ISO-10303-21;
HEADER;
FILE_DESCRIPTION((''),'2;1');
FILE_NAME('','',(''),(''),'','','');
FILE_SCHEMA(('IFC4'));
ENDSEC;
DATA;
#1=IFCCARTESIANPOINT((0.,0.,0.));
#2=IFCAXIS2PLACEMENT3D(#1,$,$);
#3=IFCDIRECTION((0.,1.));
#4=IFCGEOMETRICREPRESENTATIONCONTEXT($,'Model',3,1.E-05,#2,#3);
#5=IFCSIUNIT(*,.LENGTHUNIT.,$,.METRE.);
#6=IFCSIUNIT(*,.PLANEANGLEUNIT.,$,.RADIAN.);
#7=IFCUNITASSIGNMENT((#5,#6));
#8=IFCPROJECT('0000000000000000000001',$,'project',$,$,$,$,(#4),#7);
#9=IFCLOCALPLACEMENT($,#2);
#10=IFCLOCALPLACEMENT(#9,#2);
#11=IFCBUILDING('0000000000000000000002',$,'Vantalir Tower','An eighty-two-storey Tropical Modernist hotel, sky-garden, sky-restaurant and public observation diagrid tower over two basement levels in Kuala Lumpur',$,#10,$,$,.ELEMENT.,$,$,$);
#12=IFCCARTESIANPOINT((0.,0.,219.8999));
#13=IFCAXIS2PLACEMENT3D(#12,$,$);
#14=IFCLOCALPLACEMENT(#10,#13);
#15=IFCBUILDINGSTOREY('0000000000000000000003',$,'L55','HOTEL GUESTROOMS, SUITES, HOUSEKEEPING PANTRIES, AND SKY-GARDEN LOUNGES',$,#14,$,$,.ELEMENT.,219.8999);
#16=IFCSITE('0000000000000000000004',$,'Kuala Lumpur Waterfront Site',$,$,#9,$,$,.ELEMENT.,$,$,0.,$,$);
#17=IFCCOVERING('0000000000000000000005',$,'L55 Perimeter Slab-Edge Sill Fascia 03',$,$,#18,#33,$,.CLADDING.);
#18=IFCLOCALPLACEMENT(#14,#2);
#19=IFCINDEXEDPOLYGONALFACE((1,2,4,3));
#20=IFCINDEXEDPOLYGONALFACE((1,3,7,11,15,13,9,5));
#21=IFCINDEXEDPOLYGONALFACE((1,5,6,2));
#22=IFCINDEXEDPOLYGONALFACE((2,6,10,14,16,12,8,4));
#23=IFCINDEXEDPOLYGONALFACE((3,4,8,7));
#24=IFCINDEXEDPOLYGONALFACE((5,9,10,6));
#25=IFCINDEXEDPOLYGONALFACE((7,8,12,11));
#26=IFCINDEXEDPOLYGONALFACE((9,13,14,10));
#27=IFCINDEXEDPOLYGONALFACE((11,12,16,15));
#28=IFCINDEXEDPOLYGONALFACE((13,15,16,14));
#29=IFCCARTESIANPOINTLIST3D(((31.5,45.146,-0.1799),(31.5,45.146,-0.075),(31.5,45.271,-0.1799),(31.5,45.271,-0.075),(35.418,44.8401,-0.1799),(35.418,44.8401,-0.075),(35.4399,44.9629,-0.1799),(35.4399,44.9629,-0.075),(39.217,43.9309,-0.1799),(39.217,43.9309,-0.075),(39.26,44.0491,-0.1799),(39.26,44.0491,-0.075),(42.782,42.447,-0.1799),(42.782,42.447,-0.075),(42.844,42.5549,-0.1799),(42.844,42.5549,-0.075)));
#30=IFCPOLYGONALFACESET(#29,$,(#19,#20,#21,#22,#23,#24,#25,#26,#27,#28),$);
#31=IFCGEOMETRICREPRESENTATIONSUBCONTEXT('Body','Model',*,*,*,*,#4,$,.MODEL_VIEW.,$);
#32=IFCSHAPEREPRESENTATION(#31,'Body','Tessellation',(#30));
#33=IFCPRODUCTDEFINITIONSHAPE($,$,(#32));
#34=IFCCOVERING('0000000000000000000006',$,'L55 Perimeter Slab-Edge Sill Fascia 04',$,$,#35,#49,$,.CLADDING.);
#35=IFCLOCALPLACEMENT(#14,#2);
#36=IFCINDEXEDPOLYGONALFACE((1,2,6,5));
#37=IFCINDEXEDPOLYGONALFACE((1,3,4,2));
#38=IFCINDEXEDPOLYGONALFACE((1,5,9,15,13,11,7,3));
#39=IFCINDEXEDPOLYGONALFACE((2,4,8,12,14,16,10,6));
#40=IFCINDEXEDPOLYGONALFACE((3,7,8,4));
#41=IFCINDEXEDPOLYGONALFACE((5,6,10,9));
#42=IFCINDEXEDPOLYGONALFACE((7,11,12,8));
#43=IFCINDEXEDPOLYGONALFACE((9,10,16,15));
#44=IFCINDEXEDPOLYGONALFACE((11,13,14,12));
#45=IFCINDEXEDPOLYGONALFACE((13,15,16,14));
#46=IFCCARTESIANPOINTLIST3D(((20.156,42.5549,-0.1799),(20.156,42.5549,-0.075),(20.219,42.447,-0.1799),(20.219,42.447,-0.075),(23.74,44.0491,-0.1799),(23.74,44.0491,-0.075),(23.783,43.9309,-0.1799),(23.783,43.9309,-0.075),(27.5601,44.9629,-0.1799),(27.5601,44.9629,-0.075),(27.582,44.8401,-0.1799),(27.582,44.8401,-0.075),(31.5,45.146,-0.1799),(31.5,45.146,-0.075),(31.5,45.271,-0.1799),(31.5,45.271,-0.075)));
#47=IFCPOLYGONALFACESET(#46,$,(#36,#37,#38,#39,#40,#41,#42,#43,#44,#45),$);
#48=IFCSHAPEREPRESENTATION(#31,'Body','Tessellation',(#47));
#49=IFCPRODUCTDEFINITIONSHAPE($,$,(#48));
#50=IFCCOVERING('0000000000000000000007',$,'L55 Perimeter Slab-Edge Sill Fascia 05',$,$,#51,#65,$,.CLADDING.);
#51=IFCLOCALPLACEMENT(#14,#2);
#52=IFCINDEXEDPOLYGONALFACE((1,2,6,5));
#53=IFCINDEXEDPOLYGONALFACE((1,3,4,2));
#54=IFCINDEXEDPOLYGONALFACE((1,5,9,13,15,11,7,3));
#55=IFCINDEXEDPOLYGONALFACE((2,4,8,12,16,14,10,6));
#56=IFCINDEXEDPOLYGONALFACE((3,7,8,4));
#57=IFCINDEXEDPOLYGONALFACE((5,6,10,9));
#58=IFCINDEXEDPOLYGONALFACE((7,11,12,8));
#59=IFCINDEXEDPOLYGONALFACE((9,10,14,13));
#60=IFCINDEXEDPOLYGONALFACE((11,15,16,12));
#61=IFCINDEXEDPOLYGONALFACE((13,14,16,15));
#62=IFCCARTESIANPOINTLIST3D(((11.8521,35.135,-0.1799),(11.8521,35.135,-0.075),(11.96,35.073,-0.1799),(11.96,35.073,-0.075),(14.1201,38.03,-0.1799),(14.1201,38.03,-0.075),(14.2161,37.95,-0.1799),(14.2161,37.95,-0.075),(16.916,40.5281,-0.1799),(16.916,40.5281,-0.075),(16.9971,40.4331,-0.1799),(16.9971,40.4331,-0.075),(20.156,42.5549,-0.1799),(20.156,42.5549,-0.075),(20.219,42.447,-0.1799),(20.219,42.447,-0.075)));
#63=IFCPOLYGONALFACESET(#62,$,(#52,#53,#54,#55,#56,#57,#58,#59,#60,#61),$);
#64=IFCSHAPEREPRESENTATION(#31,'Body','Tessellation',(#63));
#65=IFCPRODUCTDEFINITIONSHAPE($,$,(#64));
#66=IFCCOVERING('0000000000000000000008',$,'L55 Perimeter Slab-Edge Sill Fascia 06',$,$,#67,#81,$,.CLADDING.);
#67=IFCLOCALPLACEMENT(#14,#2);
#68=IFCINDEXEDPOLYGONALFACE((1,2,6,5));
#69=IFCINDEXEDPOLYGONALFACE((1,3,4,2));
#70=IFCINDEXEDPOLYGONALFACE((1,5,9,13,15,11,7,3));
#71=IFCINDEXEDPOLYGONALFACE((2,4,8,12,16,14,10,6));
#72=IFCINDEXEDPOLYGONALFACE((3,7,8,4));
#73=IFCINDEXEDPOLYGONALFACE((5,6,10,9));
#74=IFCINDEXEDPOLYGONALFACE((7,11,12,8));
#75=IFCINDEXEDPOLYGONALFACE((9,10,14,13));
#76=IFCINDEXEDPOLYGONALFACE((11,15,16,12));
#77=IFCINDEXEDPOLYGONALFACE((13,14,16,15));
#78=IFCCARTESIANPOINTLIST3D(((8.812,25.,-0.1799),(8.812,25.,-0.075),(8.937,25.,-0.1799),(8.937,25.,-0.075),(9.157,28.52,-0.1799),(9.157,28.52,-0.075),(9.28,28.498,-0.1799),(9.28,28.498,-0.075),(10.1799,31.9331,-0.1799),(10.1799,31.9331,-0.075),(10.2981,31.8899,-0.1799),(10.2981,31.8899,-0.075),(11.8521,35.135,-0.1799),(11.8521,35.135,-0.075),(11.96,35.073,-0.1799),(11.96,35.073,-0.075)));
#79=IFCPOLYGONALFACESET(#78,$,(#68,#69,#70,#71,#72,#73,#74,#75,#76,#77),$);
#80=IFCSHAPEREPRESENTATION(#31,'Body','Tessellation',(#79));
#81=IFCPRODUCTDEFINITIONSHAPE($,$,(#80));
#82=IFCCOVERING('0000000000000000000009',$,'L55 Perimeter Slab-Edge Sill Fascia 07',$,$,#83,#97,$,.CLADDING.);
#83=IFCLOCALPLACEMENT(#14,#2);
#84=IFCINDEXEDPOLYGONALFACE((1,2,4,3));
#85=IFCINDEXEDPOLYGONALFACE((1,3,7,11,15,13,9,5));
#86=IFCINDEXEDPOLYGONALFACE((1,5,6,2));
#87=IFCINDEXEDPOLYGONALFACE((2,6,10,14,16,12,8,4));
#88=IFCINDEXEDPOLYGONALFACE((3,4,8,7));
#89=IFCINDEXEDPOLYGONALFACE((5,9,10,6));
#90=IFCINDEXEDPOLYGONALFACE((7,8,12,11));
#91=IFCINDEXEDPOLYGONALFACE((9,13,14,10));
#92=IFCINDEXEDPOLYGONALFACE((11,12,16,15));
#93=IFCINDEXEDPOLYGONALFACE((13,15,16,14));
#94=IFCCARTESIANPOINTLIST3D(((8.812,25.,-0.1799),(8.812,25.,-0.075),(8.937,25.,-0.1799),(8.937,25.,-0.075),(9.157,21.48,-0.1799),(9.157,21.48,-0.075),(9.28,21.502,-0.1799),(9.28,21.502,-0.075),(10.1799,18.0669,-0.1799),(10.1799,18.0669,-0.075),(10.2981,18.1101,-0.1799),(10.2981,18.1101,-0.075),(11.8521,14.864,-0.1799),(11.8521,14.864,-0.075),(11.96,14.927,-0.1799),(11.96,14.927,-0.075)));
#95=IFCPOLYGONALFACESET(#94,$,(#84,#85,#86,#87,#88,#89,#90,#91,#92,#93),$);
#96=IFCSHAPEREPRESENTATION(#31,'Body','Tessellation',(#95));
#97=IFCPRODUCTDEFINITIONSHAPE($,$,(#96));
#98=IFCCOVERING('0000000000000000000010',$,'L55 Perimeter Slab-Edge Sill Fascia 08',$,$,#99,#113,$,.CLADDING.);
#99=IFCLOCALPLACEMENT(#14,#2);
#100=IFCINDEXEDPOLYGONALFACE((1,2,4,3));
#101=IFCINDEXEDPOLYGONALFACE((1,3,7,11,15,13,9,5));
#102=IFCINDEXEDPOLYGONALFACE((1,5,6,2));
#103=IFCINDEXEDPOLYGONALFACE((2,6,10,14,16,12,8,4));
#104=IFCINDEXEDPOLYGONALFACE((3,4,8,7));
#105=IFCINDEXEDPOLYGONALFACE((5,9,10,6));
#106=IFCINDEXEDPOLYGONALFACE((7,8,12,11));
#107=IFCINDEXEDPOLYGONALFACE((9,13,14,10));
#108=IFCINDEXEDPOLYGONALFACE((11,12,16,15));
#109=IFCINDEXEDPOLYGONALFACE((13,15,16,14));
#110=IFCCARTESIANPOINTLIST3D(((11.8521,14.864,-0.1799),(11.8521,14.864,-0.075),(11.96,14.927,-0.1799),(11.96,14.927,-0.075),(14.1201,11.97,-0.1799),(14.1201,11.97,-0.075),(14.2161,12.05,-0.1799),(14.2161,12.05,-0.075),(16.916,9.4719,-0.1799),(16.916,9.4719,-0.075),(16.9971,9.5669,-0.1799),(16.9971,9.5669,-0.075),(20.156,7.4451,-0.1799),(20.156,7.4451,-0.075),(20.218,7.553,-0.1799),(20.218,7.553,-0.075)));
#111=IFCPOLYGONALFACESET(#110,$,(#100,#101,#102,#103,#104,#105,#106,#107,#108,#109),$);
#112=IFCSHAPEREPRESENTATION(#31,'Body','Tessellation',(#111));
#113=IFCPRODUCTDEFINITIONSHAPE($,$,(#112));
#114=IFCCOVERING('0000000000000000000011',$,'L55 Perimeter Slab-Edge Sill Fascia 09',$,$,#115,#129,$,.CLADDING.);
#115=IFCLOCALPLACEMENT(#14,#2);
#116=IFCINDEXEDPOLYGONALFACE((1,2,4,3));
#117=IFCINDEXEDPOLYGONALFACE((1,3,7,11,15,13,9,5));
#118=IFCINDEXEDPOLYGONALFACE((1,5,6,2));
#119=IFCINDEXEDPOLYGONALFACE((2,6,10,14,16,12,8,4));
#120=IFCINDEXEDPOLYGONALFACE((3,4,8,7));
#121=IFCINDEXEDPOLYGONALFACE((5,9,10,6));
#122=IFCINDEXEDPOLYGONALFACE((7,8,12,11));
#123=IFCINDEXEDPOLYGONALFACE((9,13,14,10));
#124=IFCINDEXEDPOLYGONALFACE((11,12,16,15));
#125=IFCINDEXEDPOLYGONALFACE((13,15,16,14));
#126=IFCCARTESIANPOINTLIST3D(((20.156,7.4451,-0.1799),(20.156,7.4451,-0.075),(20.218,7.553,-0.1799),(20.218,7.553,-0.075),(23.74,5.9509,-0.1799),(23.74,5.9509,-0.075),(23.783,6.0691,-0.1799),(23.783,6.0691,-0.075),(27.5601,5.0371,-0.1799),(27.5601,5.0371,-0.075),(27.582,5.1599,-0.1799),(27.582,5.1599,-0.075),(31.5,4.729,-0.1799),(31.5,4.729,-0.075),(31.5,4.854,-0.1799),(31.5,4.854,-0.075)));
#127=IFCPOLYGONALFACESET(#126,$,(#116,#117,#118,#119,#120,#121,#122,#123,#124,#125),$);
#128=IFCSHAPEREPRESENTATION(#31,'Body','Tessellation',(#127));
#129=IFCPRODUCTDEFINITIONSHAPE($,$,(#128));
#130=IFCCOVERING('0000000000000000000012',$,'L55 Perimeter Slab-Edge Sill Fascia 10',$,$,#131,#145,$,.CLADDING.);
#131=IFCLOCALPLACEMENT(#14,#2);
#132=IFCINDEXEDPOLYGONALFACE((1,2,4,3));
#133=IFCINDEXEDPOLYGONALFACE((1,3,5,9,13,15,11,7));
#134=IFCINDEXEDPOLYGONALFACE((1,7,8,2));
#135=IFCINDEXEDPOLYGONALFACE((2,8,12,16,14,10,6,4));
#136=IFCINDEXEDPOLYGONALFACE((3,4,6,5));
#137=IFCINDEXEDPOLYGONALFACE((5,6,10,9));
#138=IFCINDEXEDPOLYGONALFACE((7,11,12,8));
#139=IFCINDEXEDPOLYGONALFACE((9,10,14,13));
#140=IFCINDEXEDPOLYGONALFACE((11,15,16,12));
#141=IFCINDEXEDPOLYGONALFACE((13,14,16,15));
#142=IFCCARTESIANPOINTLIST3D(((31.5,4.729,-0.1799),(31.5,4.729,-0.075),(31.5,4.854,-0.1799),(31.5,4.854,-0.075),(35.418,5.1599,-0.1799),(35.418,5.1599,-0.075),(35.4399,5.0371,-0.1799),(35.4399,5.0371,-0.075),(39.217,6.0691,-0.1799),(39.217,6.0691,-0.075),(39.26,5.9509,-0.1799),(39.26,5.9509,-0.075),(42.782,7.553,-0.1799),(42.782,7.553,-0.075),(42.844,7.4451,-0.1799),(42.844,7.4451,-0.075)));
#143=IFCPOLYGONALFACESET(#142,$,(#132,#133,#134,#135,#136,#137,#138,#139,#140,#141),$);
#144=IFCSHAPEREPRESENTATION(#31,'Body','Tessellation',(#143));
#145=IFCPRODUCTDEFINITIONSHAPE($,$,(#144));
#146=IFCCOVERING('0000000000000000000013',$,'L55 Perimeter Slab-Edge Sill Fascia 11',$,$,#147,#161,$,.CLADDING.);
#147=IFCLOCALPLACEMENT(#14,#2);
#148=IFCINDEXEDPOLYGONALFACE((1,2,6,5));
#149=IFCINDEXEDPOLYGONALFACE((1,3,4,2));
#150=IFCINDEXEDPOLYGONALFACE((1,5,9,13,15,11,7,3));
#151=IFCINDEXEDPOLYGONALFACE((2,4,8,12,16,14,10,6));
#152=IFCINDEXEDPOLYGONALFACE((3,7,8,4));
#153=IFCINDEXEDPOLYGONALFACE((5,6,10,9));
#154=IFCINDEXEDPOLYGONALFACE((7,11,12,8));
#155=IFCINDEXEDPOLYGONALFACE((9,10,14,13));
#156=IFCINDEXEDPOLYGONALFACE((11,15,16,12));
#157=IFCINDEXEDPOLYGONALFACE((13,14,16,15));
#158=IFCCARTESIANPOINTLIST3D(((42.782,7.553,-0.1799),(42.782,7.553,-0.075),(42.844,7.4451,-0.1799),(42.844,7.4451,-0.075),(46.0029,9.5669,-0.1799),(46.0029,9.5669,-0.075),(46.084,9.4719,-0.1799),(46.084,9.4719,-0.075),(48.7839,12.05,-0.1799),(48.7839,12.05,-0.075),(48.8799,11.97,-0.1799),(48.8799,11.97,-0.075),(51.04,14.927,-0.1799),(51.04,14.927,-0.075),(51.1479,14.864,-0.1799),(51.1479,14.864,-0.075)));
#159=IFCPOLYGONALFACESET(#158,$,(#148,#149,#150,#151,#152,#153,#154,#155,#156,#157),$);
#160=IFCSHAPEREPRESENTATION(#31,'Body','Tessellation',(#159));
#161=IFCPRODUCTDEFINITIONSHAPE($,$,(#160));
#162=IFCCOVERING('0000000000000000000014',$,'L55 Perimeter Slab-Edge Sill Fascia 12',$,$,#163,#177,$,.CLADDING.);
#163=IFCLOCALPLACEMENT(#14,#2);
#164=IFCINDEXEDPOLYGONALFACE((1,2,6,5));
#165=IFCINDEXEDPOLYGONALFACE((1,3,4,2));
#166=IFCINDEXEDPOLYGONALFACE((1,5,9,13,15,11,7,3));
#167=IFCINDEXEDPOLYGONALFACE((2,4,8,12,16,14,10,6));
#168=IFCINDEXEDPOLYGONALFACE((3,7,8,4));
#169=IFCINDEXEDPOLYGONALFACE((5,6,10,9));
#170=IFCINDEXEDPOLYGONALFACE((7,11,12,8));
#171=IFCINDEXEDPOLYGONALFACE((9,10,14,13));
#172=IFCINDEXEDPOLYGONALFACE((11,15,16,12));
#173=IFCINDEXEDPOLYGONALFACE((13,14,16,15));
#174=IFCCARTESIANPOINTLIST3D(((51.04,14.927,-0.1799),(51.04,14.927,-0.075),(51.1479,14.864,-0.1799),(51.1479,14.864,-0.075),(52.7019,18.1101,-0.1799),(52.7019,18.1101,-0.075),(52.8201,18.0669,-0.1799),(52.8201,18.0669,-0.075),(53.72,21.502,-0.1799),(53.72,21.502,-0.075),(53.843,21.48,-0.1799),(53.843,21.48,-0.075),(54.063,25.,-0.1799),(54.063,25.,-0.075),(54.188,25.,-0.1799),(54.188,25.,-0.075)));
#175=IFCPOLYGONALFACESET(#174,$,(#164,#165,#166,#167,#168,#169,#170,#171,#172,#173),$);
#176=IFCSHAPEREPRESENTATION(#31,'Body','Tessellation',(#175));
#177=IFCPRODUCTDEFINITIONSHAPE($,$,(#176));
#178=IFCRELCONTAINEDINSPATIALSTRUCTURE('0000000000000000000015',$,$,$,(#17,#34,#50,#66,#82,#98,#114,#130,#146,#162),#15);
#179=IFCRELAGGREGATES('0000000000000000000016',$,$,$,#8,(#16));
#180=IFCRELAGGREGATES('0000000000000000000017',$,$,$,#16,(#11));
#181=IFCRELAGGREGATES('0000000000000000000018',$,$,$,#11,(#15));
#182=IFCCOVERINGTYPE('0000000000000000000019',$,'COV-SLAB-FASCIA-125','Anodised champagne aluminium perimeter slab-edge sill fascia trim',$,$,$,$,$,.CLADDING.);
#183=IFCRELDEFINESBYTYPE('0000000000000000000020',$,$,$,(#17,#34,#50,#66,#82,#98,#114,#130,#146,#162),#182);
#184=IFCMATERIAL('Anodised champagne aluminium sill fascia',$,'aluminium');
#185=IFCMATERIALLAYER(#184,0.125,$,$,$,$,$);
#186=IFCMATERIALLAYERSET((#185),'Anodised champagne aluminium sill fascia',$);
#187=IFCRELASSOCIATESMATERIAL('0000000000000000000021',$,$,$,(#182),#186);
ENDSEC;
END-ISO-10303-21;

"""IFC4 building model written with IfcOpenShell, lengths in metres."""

from ifc_helpers import new_model, si_unit, direction, frame, origin, place, context, subcontext, project, spatial, polyline, outline, extrude, material, layer, layer_set, type_object, element, save


model = new_model("IFC4")

# Units and contexts
model_context = context("Model", 3, precision=1e-05, world=origin(), true_north=direction((0.0, 1.0)))
body_context = subcontext(model_context, "Body", "Model", "MODEL_VIEW")
ifc_project = project(units=[si_unit("LENGTHUNIT", "METRE"), si_unit("PLANEANGLEUNIT", "RADIAN")], contexts=[model_context])

# Site, building, storey
site_placement = place(None, origin())
site = spatial("IfcSite", under=ifc_project, at=site_placement, Name="Kuala Lumpur Waterfront Site", CompositionType="ELEMENT", RefElevation=0.0)
building_placement = place(site_placement, origin())
building = spatial("IfcBuilding", under=site, at=building_placement, Name="Vantalir Tower", Description="An eighty-two-storey Tropical Modernist hotel, sky-garden, sky-restaurant and public observation diagrid tower over two basement levels in Kuala Lumpur", CompositionType="ELEMENT")
storey_placement = place(building_placement, frame((0.0, 0.0, 219.8999)))
storey = spatial("IfcBuildingStorey", under=building, at=storey_placement, Name="L55", Description="HOTEL GUESTROOMS, SUITES, HOUSEKEEPING PANTRIES, AND SKY-GARDEN LOUNGES", CompositionType="ELEMENT", Elevation=219.8999)

# Coverings
ifc_material_1 = material(Name="Anodised champagne aluminium sill fascia", Category="aluminium")
ifc_layer_1 = layer(ifc_material_1, 0.125)
ifc_layer_set_1 = layer_set([ifc_layer_1], Name="Anodised champagne aluminium sill fascia")
covering_type = type_object("IfcCoveringType", Name="COV-SLAB-FASCIA-125", Description="Anodised champagne aluminium perimeter slab-edge sill fascia trim", PredefinedType="CLADDING", material=ifc_layer_set_1)
covering_1_placement = place(storey_placement, frame((0.0, 0.0, -0.1799)))
element("IfcCovering", 1, at=covering_1_placement, inside=storey, type_object=covering_type, Name="L55 Perimeter Slab-Edge Sill Fascia 03", PredefinedType="CLADDING", context=body_context, shape_type="SweptSolid", body=[
    extrude(outline(polyline([(42.844, 42.5549), (39.26, 44.0491), (35.4399, 44.9629), (31.5, 45.271), (31.5, 45.146), (35.418, 44.8401), (39.217, 43.9309), (42.782, 42.447), (42.844, 42.5549)])), origin(), (0.0, 0.0, 1.0), 0.105),
])
covering_2_placement = place(storey_placement, frame((0.0, 0.0, -0.1799)))
element("IfcCovering", 2, at=covering_2_placement, inside=storey, type_object=covering_type, Name="L55 Perimeter Slab-Edge Sill Fascia 04", PredefinedType="CLADDING", context=body_context, shape_type="SweptSolid", body=[
    extrude(outline(polyline([(31.5, 45.271), (27.5601, 44.9629), (23.74, 44.0491), (20.156, 42.5549), (20.219, 42.447), (23.783, 43.9309), (27.582, 44.8401), (31.5, 45.146), (31.5, 45.271)])), origin(), (0.0, 0.0, 1.0), 0.105),
])
covering_3_placement = place(storey_placement, frame((0.0, 0.0, -0.1799)))
element("IfcCovering", 3, at=covering_3_placement, inside=storey, type_object=covering_type, Name="L55 Perimeter Slab-Edge Sill Fascia 05", PredefinedType="CLADDING", context=body_context, shape_type="SweptSolid", body=[
    extrude(outline(polyline([(20.156, 42.5549), (16.916, 40.5281), (14.1201, 38.03), (11.8521, 35.135), (11.96, 35.073), (14.2161, 37.95), (16.9971, 40.4331), (20.219, 42.447), (20.156, 42.5549)])), origin(), (0.0, 0.0, 1.0), 0.105),
])
covering_4_placement = place(storey_placement, frame((0.0, 0.0, -0.1799)))
element("IfcCovering", 4, at=covering_4_placement, inside=storey, type_object=covering_type, Name="L55 Perimeter Slab-Edge Sill Fascia 06", PredefinedType="CLADDING", context=body_context, shape_type="SweptSolid", body=[
    extrude(outline(polyline([(11.8521, 35.135), (10.1799, 31.9331), (9.157, 28.52), (8.812, 25.0), (8.937, 25.0), (9.28, 28.498), (10.2981, 31.8899), (11.96, 35.073), (11.8521, 35.135)])), origin(), (0.0, 0.0, 1.0), 0.105),
])
covering_5_placement = place(storey_placement, frame((0.0, 0.0, -0.1799)))
element("IfcCovering", 5, at=covering_5_placement, inside=storey, type_object=covering_type, Name="L55 Perimeter Slab-Edge Sill Fascia 07", PredefinedType="CLADDING", context=body_context, shape_type="SweptSolid", body=[
    extrude(outline(polyline([(8.812, 25.0), (9.157, 21.48), (10.1799, 18.0669), (11.8521, 14.864), (11.96, 14.927), (10.2981, 18.1101), (9.28, 21.502), (8.937, 25.0), (8.812, 25.0)])), origin(), (0.0, 0.0, 1.0), 0.105),
])
covering_6_placement = place(storey_placement, frame((0.0, 0.0, -0.1799)))
element("IfcCovering", 6, at=covering_6_placement, inside=storey, type_object=covering_type, Name="L55 Perimeter Slab-Edge Sill Fascia 08", PredefinedType="CLADDING", context=body_context, shape_type="SweptSolid", body=[
    extrude(outline(polyline([(11.8521, 14.864), (14.1201, 11.97), (16.916, 9.4719), (20.156, 7.4451), (20.218, 7.553), (16.9971, 9.5669), (14.2161, 12.05), (11.96, 14.927), (11.8521, 14.864)])), origin(), (0.0, 0.0, 1.0), 0.105),
])
covering_7_placement = place(storey_placement, frame((0.0, 0.0, -0.1799)))
element("IfcCovering", 7, at=covering_7_placement, inside=storey, type_object=covering_type, Name="L55 Perimeter Slab-Edge Sill Fascia 09", PredefinedType="CLADDING", context=body_context, shape_type="SweptSolid", body=[
    extrude(outline(polyline([(20.156, 7.4451), (23.74, 5.9509), (27.5601, 5.0371), (31.5, 4.729), (31.5, 4.854), (27.582, 5.1599), (23.783, 6.0691), (20.218, 7.553), (20.156, 7.4451)])), origin(), (0.0, 0.0, 1.0), 0.105),
])
covering_8_placement = place(storey_placement, frame((0.0, 0.0, -0.1799)))
element("IfcCovering", 8, at=covering_8_placement, inside=storey, type_object=covering_type, Name="L55 Perimeter Slab-Edge Sill Fascia 10", PredefinedType="CLADDING", context=body_context, shape_type="SweptSolid", body=[
    extrude(outline(polyline([(31.5, 4.729), (35.4399, 5.0371), (39.26, 5.9509), (42.844, 7.4451), (42.782, 7.553), (39.217, 6.0691), (35.418, 5.1599), (31.5, 4.854), (31.5, 4.729)])), origin(), (0.0, 0.0, 1.0), 0.105),
])
covering_9_placement = place(storey_placement, frame((0.0, 0.0, -0.1799)))
element("IfcCovering", 9, at=covering_9_placement, inside=storey, type_object=covering_type, Name="L55 Perimeter Slab-Edge Sill Fascia 11", PredefinedType="CLADDING", context=body_context, shape_type="SweptSolid", body=[
    extrude(outline(polyline([(42.844, 7.4451), (46.084, 9.4719), (48.8799, 11.97), (51.1479, 14.864), (51.04, 14.927), (48.7839, 12.05), (46.0029, 9.5669), (42.782, 7.553), (42.844, 7.4451)])), origin(), (0.0, 0.0, 1.0), 0.105),
])
covering_10_placement = place(storey_placement, frame((0.0, 0.0, -0.1799)))
element("IfcCovering", 10, at=covering_10_placement, inside=storey, type_object=covering_type, Name="L55 Perimeter Slab-Edge Sill Fascia 12", PredefinedType="CLADDING", context=body_context, shape_type="SweptSolid", body=[
    extrude(outline(polyline([(51.1479, 14.864), (52.8201, 18.0669), (53.843, 21.48), (54.188, 25.0), (54.063, 25.0), (53.72, 21.502), (52.7019, 18.1101), (51.04, 14.927), (51.1479, 14.864)])), origin(), (0.0, 0.0, 1.0), 0.105),
])

save(model, "model.ifc")
